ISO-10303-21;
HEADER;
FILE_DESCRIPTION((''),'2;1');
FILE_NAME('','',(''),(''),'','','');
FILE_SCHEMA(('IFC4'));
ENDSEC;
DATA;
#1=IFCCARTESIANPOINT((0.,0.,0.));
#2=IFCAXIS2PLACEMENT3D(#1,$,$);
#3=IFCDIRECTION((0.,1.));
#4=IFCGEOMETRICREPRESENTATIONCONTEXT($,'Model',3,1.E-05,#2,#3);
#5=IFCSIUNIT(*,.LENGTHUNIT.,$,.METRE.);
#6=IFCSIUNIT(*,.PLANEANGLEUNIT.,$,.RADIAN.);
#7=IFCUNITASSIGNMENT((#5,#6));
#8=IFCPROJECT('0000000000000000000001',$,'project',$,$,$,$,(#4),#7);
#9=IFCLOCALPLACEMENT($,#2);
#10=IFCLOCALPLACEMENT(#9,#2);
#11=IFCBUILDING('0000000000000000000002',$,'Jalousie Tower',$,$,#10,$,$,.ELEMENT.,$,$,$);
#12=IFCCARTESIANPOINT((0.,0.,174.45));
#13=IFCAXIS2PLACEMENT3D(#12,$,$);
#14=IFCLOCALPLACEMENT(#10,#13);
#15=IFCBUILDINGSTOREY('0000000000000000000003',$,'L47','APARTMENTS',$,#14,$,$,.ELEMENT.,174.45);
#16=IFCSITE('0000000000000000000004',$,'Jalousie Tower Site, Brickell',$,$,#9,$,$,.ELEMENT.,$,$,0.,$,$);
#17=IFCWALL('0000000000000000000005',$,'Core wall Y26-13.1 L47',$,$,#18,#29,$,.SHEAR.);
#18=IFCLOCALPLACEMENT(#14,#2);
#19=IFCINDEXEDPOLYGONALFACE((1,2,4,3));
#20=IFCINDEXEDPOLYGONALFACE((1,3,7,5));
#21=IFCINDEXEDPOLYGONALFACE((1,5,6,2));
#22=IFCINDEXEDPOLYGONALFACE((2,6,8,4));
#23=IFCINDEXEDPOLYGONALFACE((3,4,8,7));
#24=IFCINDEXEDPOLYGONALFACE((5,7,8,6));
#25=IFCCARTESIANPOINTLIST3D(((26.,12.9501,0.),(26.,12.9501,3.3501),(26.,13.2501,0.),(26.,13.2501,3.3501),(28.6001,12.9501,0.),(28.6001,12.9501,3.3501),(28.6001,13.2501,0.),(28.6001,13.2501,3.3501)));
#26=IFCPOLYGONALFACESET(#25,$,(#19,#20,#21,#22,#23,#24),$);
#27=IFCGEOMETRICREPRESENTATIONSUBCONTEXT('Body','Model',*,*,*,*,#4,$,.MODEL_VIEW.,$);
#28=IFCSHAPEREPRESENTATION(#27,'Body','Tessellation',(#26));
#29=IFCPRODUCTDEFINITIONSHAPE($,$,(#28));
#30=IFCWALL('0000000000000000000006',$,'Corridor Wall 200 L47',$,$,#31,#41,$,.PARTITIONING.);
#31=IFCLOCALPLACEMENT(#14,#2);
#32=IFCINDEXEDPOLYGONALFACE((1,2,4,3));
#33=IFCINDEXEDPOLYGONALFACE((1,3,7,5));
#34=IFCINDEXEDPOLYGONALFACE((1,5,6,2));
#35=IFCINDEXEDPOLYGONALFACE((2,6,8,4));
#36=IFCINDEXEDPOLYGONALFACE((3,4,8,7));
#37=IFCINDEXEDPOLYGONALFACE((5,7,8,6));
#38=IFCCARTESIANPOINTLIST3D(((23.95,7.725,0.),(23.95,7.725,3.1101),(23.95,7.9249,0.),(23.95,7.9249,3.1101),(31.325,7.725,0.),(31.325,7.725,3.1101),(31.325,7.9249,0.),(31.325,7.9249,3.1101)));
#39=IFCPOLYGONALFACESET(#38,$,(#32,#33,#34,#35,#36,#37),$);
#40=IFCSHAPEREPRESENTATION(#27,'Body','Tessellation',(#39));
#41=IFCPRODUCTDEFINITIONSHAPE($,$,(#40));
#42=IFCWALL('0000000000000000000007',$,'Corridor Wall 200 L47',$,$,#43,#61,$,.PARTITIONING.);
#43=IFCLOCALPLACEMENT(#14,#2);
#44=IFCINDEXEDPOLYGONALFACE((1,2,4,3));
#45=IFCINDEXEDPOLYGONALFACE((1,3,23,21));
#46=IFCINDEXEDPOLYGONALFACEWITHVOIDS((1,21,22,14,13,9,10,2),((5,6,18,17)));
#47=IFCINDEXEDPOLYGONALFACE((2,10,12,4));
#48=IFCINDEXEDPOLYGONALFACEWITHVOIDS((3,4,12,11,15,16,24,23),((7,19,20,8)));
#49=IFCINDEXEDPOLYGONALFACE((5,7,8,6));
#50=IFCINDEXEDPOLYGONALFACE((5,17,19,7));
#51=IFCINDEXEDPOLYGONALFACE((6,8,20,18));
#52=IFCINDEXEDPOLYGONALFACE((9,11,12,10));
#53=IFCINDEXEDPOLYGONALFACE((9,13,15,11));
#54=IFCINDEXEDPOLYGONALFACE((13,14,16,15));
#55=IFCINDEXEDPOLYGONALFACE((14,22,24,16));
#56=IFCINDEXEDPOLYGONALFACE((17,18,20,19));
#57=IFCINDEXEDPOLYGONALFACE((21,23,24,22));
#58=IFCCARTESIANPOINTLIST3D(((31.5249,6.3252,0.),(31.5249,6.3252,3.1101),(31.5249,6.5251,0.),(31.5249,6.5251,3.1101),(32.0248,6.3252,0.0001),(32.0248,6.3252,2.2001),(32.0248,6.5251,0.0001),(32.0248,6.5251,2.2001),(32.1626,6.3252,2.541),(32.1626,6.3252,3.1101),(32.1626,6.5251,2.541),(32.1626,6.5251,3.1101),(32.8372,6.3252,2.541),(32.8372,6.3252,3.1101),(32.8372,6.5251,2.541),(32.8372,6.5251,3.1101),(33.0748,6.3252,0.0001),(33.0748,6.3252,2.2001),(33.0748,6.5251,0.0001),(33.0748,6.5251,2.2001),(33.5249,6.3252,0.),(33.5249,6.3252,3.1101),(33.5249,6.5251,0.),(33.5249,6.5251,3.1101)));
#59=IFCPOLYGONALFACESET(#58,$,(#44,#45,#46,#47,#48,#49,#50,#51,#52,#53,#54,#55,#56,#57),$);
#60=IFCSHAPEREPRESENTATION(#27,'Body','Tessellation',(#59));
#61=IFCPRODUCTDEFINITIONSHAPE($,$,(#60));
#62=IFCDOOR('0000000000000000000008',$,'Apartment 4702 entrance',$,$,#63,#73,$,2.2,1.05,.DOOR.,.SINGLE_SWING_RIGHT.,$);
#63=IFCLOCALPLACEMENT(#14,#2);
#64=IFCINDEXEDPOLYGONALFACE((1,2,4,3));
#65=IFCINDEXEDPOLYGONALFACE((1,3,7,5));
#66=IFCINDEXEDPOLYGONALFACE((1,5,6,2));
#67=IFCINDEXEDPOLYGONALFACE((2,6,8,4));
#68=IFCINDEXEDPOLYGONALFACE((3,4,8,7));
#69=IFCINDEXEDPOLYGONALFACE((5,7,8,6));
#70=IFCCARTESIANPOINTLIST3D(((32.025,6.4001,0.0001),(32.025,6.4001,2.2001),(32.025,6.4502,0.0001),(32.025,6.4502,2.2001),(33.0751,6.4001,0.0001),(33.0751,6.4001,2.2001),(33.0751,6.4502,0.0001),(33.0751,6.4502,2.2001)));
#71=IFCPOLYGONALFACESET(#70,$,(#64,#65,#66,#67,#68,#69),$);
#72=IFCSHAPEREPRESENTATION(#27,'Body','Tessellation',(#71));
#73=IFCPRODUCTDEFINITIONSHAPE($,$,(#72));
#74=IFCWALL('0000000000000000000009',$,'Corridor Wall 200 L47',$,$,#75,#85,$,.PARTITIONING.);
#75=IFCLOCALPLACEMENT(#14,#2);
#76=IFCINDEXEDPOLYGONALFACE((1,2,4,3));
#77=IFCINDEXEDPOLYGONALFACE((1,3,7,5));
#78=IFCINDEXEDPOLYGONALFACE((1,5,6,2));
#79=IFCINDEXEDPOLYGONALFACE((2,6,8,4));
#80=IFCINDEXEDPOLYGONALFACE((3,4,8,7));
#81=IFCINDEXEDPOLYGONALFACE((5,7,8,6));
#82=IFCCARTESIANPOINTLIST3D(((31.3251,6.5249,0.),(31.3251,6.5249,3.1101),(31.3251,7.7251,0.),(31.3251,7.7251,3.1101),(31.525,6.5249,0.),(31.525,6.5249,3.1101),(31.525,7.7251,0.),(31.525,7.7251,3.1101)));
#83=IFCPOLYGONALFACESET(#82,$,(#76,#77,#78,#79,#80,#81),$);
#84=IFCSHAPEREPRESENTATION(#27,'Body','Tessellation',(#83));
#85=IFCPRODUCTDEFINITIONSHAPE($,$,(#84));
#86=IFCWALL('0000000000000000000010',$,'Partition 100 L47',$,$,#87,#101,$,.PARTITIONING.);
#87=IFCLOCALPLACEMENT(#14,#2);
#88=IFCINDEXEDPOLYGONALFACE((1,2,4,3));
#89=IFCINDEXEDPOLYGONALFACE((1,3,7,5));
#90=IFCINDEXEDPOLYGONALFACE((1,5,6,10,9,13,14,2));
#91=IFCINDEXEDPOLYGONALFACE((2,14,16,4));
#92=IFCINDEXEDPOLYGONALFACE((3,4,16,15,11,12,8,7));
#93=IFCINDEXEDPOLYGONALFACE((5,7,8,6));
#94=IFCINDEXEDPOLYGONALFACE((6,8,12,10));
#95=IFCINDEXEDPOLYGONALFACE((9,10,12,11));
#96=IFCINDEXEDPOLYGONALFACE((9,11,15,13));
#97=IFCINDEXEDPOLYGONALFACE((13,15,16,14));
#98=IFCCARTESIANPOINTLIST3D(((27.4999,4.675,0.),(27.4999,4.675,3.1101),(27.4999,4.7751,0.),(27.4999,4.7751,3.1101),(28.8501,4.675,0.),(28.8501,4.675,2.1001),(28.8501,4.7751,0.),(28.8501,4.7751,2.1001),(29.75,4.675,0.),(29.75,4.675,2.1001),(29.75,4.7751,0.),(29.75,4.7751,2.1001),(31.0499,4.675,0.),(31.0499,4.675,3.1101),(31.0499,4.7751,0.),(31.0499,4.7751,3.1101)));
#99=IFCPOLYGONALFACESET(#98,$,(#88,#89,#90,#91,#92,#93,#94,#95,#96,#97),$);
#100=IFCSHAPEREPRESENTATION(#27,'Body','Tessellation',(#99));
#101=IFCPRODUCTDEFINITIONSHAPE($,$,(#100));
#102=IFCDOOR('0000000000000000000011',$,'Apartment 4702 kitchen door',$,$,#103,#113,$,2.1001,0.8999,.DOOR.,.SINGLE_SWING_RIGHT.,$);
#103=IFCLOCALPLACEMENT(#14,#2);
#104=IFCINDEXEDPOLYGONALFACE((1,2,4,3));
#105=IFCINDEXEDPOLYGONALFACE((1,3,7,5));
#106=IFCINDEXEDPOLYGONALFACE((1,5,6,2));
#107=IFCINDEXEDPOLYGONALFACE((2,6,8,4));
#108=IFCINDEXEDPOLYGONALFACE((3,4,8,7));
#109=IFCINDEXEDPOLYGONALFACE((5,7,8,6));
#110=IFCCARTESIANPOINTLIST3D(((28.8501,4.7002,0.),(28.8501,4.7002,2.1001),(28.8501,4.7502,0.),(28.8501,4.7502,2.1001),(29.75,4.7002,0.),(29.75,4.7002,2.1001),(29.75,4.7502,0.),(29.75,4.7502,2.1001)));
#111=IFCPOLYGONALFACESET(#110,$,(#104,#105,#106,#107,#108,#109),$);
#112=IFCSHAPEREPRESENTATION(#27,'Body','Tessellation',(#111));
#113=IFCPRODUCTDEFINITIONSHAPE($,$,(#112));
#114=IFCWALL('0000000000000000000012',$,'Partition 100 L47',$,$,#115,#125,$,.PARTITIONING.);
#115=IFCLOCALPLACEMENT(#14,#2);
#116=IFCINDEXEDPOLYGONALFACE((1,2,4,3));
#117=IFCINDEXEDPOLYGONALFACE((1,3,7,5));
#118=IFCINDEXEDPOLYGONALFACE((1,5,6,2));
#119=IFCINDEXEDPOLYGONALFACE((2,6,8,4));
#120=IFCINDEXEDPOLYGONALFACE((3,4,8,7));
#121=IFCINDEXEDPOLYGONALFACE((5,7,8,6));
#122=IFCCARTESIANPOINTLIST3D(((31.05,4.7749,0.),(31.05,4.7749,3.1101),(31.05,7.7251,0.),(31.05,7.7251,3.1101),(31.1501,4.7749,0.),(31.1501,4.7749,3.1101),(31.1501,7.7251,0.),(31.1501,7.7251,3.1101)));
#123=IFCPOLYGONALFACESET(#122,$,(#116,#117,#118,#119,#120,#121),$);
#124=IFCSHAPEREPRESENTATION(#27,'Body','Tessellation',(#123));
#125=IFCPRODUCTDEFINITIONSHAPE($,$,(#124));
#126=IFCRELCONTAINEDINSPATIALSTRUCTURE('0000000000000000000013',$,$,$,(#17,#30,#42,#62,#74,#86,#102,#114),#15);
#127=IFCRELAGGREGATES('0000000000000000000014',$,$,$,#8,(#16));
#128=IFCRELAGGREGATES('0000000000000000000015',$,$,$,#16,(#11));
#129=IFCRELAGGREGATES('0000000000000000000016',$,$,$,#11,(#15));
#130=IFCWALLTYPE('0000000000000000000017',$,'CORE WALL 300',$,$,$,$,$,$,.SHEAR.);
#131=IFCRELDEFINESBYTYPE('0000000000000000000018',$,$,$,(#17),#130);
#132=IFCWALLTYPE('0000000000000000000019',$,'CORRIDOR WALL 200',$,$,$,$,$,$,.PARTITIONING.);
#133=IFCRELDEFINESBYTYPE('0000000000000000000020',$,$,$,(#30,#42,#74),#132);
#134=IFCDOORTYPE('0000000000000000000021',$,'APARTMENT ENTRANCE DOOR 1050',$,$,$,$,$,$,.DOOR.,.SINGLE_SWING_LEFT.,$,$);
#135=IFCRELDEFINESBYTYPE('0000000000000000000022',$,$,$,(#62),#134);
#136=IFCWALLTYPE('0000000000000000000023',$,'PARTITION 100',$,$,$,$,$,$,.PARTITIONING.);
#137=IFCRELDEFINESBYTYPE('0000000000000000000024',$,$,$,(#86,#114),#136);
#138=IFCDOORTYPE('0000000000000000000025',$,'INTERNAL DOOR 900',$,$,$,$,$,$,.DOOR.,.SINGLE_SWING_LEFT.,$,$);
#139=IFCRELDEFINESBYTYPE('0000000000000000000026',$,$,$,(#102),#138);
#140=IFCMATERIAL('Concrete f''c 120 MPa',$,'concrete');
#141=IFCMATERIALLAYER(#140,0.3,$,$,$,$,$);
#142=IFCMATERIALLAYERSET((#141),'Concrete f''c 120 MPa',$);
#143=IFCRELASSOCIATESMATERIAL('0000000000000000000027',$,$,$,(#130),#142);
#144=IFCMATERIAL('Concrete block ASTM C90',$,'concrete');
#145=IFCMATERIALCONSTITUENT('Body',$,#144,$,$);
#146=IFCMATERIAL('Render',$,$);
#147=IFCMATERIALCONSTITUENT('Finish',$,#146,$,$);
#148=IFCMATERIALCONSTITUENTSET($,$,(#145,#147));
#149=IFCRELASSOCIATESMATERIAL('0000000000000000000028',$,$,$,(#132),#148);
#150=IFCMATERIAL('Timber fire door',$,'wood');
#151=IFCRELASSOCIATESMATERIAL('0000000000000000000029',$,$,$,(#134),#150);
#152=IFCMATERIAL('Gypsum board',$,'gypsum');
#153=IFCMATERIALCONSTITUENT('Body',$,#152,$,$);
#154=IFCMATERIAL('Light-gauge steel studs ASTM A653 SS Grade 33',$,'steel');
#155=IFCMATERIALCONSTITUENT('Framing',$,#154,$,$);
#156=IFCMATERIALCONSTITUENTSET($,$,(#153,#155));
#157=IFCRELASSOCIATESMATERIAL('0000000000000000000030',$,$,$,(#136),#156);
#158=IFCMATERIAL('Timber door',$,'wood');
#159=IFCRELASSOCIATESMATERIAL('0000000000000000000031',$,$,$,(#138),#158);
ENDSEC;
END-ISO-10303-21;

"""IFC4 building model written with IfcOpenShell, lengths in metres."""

from ifc_helpers import new_model, si_unit, direction, frame, frame_2d, origin, place, context, subcontext, project, spatial, polyline, rectangle, outline, extrude, material, layer, layer_set, constituent, constituent_set, type_object, element, fill, save


model = new_model("IFC4")

# Units and contexts
model_context = context("Model", 3, precision=1e-05, world=origin(), true_north=direction((0.0, 1.0)))
body_context = subcontext(model_context, "Body", "Model", "MODEL_VIEW")
ifc_project = project(units=[si_unit("LENGTHUNIT", "METRE"), si_unit("PLANEANGLEUNIT", "RADIAN")], contexts=[model_context])

# Site, building, storey
site_placement = place(None, origin())
site = spatial("IfcSite", under=ifc_project, at=site_placement, Name="Jalousie Tower Site, Brickell", CompositionType="ELEMENT", RefElevation=0.0)
building_placement = place(site_placement, origin())
building = spatial("IfcBuilding", under=site, at=building_placement, Name="Jalousie Tower", CompositionType="ELEMENT")
storey_placement = place(building_placement, frame((0.0, 0.0, 174.45)))
storey = spatial("IfcBuildingStorey", under=building, at=storey_placement, Name="L47", Description="APARTMENTS", CompositionType="ELEMENT", Elevation=174.45)

# Shared definitions
ifc_material_1 = material(Name="Concrete f'c 120 MPa", Category="concrete")
ifc_layer_1 = layer(ifc_material_1, 0.3)
ifc_layer_set_1 = layer_set([ifc_layer_1], Name="Concrete f'c 120 MPa")
wall_type_1 = type_object("IfcWallType", Name="CORE WALL 300", PredefinedType="SHEAR", material=ifc_layer_set_1)

# Walls
wall_1_placement = place(storey_placement, frame((26.0, 13.1001, 0.0), z_axis=(0.0, 0.0, 1.0), x_axis=(1.0, 0.0, 0.0)))
element("IfcWall", 1, at=wall_1_placement, inside=storey, type_object=wall_type_1, Name="Core wall Y26-13.1 L47", PredefinedType="SHEAR", context=body_context, shape_type="SweptSolid", body=[
    extrude(rectangle(XDim=2.6001, YDim=0.3, at=frame_2d((1.3, 0.0))), origin(), (0.0, 0.0, 1.0), 3.3501),
])
ifc_material_2 = material(Name="Concrete block ASTM C90", Category="concrete")
ifc_constituent_1 = constituent(ifc_material_2, Name="Body")
ifc_material_3 = material(Name="Render")
ifc_constituent_2 = constituent(ifc_material_3, Name="Finish")
ifc_constituent_set_1 = constituent_set(constituents=[ifc_constituent_1, ifc_constituent_2])
wall_type_2 = type_object("IfcWallType", Name="CORRIDOR WALL 200", PredefinedType="PARTITIONING", material=ifc_constituent_set_1)
wall_2_placement = place(storey_placement, frame((23.95, 7.825, 0.0), z_axis=(0.0, 0.0, 1.0), x_axis=(1.0, 0.0, 0.0)))
element("IfcWall", 2, at=wall_2_placement, inside=storey, type_object=wall_type_2, Name="Corridor Wall 200 L47", PredefinedType="PARTITIONING", context=body_context, shape_type="SweptSolid", body=[
    extrude(rectangle(XDim=7.375, YDim=0.2, at=frame_2d((3.6875, 0.0))), origin(), (0.0, 0.0, 1.0), 3.1101),
])

# Wall, opening, door
wall_3_placement = place(storey_placement, frame((31.5249, 6.425, 0.0), z_axis=(0.0, 0.0, 1.0), x_axis=(1.0, 0.0, 0.0)))
wall_3 = element("IfcWall", 3, at=wall_3_placement, inside=storey, type_object=wall_type_2, Name="Corridor Wall 200 L47", PredefinedType="PARTITIONING", context=body_context, shape_type="SweptSolid", body=[
    extrude(outline(polyline([(0.0, 0.0), (2.0, 0.0), (2.0, 3.1101), (1.3123, 3.1101), (1.3123, 2.541), (0.6377, 2.541), (0.6377, 3.1101), (0.0, 3.1101), (0.0, 0.0)])), frame((0.0, 0.1001, 0.0), z_axis=(0.0, -1.0, 0.0), x_axis=(1.0, 0.0, 0.0)), (0.0, 0.0, 1.0), 0.2),
])
opening_1_placement = place(wall_3_placement, frame((0.5, 0.0, 0.0)))
opening_1 = element("IfcOpeningElement", 4, at=opening_1_placement, cuts=wall_3, PredefinedType="OPENING", context=body_context, shape_type="SweptSolid", body=[
    extrude(rectangle(XDim=1.05, YDim=2.2, at=frame_2d((0.5249, 1.1001))), frame((0.0, 0.1099, 0.0), z_axis=(0.0, -1.0, 0.0), x_axis=(1.0, 0.0, 0.0)), (0.0, 0.0, 1.0), 0.22),
])
ifc_material_4 = material(Name="Timber fire door", Category="wood")
door_type_1 = type_object("IfcDoorType", Name="APARTMENT ENTRANCE DOOR 1050", OperationType="SINGLE_SWING_LEFT", PredefinedType="DOOR", material=ifc_material_4)
door_1_placement = place(opening_1_placement, frame((1.05, 0.0, 0.0), z_axis=(0.0, 0.0, 1.0), x_axis=(-1.0, 0.0, 0.0)))
door_1 = element("IfcDoor", 5, at=door_1_placement, inside=storey, type_object=door_type_1, Name="Apartment 4702 entrance", OperationType="SINGLE_SWING_RIGHT", OverallHeight=2.2, OverallWidth=1.05, PredefinedType="DOOR", context=body_context, shape_type="SweptSolid", body=[
    extrude(rectangle(XDim=1.05, YDim=2.2, at=frame_2d((0.5249, 1.1001))), frame((0.0, 0.0249, 0.0), z_axis=(0.0, -1.0, 0.0), x_axis=(1.0, 0.0, 0.0)), (0.0, 0.0, 1.0), 0.05),
])
fill(opening_1, door_1)

# Wall
wall_4_placement = place(storey_placement, frame((31.425, 7.7251, 0.0), z_axis=(0.0, 0.0, 1.0), x_axis=(0.0, -1.0, 0.0)))
element("IfcWall", 6, at=wall_4_placement, inside=storey, type_object=wall_type_2, Name="Corridor Wall 200 L47", PredefinedType="PARTITIONING", context=body_context, shape_type="SweptSolid", body=[
    extrude(rectangle(XDim=1.2002, YDim=0.2, at=frame_2d((0.6001, 0.0))), origin(), (0.0, 0.0, 1.0), 3.1101),
])

# Wall, opening, door
ifc_material_5 = material(Name="Gypsum board", Category="gypsum")
ifc_constituent_3 = constituent(ifc_material_5, Name="Body")
ifc_material_6 = material(Name="Light-gauge steel studs ASTM A653 SS Grade 33", Category="steel")
ifc_constituent_4 = constituent(ifc_material_6, Name="Framing")
ifc_constituent_set_2 = constituent_set(constituents=[ifc_constituent_3, ifc_constituent_4])
wall_type_3 = type_object("IfcWallType", Name="PARTITION 100", PredefinedType="PARTITIONING", material=ifc_constituent_set_2)
wall_5_placement = place(storey_placement, frame((27.5, 4.7251, 0.0), z_axis=(0.0, 0.0, 1.0), x_axis=(1.0, 0.0, 0.0)))
wall_5 = element("IfcWall", 7, at=wall_5_placement, inside=storey, type_object=wall_type_3, Name="Partition 100 L47", PredefinedType="PARTITIONING", context=body_context, shape_type="SweptSolid", body=[
    extrude(rectangle(XDim=3.55, YDim=0.1001, at=frame_2d((1.7749, 0.0))), origin(), (0.0, 0.0, 1.0), 3.1101),
])
opening_2_placement = place(wall_5_placement, frame((1.3501, 0.0, 0.0)))
opening_2 = element("IfcOpeningElement", 8, at=opening_2_placement, cuts=wall_5, PredefinedType="OPENING", context=body_context, shape_type="SweptSolid", body=[
    extrude(rectangle(XDim=0.8999, YDim=2.1001, at=frame_2d((0.45, 1.05))), frame((0.0, 0.0601, 0.0), z_axis=(0.0, -1.0, 0.0), x_axis=(1.0, 0.0, 0.0)), (0.0, 0.0, 1.0), 0.1201),
])
ifc_material_7 = material(Name="Timber door", Category="wood")
door_type_2 = type_object("IfcDoorType", Name="INTERNAL DOOR 900", OperationType="SINGLE_SWING_LEFT", PredefinedType="DOOR", material=ifc_material_7)
door_2_placement = place(opening_2_placement, frame((0.8999, 0.0, 0.0), z_axis=(0.0, 0.0, 1.0), x_axis=(-1.0, 0.0, 0.0)))
door_2 = element("IfcDoor", 9, at=door_2_placement, inside=storey, type_object=door_type_2, Name="Apartment 4702 kitchen door", OperationType="SINGLE_SWING_RIGHT", OverallHeight=2.1001, OverallWidth=0.8999, PredefinedType="DOOR", context=body_context, shape_type="SweptSolid", body=[
    extrude(rectangle(XDim=0.8999, YDim=2.1001, at=frame_2d((0.45, 1.05))), frame((0.0, 0.0249, 0.0), z_axis=(0.0, -1.0, 0.0), x_axis=(1.0, 0.0, 0.0)), (0.0, 0.0, 1.0), 0.05),
])
fill(opening_2, door_2)

# Wall
wall_6_placement = place(storey_placement, frame((31.1001, 4.7749, 0.0), z_axis=(0.0, 0.0, 1.0), x_axis=(0.0, 1.0, 0.0)))
element("IfcWall", 10, at=wall_6_placement, inside=storey, type_object=wall_type_3, Name="Partition 100 L47", PredefinedType="PARTITIONING", context=body_context, shape_type="SweptSolid", body=[
    extrude(rectangle(XDim=2.9502, YDim=0.1001, at=frame_2d((1.4751, 0.0))), origin(), (0.0, 0.0, 1.0), 3.1101),
])

save(model, "model.ifc")
